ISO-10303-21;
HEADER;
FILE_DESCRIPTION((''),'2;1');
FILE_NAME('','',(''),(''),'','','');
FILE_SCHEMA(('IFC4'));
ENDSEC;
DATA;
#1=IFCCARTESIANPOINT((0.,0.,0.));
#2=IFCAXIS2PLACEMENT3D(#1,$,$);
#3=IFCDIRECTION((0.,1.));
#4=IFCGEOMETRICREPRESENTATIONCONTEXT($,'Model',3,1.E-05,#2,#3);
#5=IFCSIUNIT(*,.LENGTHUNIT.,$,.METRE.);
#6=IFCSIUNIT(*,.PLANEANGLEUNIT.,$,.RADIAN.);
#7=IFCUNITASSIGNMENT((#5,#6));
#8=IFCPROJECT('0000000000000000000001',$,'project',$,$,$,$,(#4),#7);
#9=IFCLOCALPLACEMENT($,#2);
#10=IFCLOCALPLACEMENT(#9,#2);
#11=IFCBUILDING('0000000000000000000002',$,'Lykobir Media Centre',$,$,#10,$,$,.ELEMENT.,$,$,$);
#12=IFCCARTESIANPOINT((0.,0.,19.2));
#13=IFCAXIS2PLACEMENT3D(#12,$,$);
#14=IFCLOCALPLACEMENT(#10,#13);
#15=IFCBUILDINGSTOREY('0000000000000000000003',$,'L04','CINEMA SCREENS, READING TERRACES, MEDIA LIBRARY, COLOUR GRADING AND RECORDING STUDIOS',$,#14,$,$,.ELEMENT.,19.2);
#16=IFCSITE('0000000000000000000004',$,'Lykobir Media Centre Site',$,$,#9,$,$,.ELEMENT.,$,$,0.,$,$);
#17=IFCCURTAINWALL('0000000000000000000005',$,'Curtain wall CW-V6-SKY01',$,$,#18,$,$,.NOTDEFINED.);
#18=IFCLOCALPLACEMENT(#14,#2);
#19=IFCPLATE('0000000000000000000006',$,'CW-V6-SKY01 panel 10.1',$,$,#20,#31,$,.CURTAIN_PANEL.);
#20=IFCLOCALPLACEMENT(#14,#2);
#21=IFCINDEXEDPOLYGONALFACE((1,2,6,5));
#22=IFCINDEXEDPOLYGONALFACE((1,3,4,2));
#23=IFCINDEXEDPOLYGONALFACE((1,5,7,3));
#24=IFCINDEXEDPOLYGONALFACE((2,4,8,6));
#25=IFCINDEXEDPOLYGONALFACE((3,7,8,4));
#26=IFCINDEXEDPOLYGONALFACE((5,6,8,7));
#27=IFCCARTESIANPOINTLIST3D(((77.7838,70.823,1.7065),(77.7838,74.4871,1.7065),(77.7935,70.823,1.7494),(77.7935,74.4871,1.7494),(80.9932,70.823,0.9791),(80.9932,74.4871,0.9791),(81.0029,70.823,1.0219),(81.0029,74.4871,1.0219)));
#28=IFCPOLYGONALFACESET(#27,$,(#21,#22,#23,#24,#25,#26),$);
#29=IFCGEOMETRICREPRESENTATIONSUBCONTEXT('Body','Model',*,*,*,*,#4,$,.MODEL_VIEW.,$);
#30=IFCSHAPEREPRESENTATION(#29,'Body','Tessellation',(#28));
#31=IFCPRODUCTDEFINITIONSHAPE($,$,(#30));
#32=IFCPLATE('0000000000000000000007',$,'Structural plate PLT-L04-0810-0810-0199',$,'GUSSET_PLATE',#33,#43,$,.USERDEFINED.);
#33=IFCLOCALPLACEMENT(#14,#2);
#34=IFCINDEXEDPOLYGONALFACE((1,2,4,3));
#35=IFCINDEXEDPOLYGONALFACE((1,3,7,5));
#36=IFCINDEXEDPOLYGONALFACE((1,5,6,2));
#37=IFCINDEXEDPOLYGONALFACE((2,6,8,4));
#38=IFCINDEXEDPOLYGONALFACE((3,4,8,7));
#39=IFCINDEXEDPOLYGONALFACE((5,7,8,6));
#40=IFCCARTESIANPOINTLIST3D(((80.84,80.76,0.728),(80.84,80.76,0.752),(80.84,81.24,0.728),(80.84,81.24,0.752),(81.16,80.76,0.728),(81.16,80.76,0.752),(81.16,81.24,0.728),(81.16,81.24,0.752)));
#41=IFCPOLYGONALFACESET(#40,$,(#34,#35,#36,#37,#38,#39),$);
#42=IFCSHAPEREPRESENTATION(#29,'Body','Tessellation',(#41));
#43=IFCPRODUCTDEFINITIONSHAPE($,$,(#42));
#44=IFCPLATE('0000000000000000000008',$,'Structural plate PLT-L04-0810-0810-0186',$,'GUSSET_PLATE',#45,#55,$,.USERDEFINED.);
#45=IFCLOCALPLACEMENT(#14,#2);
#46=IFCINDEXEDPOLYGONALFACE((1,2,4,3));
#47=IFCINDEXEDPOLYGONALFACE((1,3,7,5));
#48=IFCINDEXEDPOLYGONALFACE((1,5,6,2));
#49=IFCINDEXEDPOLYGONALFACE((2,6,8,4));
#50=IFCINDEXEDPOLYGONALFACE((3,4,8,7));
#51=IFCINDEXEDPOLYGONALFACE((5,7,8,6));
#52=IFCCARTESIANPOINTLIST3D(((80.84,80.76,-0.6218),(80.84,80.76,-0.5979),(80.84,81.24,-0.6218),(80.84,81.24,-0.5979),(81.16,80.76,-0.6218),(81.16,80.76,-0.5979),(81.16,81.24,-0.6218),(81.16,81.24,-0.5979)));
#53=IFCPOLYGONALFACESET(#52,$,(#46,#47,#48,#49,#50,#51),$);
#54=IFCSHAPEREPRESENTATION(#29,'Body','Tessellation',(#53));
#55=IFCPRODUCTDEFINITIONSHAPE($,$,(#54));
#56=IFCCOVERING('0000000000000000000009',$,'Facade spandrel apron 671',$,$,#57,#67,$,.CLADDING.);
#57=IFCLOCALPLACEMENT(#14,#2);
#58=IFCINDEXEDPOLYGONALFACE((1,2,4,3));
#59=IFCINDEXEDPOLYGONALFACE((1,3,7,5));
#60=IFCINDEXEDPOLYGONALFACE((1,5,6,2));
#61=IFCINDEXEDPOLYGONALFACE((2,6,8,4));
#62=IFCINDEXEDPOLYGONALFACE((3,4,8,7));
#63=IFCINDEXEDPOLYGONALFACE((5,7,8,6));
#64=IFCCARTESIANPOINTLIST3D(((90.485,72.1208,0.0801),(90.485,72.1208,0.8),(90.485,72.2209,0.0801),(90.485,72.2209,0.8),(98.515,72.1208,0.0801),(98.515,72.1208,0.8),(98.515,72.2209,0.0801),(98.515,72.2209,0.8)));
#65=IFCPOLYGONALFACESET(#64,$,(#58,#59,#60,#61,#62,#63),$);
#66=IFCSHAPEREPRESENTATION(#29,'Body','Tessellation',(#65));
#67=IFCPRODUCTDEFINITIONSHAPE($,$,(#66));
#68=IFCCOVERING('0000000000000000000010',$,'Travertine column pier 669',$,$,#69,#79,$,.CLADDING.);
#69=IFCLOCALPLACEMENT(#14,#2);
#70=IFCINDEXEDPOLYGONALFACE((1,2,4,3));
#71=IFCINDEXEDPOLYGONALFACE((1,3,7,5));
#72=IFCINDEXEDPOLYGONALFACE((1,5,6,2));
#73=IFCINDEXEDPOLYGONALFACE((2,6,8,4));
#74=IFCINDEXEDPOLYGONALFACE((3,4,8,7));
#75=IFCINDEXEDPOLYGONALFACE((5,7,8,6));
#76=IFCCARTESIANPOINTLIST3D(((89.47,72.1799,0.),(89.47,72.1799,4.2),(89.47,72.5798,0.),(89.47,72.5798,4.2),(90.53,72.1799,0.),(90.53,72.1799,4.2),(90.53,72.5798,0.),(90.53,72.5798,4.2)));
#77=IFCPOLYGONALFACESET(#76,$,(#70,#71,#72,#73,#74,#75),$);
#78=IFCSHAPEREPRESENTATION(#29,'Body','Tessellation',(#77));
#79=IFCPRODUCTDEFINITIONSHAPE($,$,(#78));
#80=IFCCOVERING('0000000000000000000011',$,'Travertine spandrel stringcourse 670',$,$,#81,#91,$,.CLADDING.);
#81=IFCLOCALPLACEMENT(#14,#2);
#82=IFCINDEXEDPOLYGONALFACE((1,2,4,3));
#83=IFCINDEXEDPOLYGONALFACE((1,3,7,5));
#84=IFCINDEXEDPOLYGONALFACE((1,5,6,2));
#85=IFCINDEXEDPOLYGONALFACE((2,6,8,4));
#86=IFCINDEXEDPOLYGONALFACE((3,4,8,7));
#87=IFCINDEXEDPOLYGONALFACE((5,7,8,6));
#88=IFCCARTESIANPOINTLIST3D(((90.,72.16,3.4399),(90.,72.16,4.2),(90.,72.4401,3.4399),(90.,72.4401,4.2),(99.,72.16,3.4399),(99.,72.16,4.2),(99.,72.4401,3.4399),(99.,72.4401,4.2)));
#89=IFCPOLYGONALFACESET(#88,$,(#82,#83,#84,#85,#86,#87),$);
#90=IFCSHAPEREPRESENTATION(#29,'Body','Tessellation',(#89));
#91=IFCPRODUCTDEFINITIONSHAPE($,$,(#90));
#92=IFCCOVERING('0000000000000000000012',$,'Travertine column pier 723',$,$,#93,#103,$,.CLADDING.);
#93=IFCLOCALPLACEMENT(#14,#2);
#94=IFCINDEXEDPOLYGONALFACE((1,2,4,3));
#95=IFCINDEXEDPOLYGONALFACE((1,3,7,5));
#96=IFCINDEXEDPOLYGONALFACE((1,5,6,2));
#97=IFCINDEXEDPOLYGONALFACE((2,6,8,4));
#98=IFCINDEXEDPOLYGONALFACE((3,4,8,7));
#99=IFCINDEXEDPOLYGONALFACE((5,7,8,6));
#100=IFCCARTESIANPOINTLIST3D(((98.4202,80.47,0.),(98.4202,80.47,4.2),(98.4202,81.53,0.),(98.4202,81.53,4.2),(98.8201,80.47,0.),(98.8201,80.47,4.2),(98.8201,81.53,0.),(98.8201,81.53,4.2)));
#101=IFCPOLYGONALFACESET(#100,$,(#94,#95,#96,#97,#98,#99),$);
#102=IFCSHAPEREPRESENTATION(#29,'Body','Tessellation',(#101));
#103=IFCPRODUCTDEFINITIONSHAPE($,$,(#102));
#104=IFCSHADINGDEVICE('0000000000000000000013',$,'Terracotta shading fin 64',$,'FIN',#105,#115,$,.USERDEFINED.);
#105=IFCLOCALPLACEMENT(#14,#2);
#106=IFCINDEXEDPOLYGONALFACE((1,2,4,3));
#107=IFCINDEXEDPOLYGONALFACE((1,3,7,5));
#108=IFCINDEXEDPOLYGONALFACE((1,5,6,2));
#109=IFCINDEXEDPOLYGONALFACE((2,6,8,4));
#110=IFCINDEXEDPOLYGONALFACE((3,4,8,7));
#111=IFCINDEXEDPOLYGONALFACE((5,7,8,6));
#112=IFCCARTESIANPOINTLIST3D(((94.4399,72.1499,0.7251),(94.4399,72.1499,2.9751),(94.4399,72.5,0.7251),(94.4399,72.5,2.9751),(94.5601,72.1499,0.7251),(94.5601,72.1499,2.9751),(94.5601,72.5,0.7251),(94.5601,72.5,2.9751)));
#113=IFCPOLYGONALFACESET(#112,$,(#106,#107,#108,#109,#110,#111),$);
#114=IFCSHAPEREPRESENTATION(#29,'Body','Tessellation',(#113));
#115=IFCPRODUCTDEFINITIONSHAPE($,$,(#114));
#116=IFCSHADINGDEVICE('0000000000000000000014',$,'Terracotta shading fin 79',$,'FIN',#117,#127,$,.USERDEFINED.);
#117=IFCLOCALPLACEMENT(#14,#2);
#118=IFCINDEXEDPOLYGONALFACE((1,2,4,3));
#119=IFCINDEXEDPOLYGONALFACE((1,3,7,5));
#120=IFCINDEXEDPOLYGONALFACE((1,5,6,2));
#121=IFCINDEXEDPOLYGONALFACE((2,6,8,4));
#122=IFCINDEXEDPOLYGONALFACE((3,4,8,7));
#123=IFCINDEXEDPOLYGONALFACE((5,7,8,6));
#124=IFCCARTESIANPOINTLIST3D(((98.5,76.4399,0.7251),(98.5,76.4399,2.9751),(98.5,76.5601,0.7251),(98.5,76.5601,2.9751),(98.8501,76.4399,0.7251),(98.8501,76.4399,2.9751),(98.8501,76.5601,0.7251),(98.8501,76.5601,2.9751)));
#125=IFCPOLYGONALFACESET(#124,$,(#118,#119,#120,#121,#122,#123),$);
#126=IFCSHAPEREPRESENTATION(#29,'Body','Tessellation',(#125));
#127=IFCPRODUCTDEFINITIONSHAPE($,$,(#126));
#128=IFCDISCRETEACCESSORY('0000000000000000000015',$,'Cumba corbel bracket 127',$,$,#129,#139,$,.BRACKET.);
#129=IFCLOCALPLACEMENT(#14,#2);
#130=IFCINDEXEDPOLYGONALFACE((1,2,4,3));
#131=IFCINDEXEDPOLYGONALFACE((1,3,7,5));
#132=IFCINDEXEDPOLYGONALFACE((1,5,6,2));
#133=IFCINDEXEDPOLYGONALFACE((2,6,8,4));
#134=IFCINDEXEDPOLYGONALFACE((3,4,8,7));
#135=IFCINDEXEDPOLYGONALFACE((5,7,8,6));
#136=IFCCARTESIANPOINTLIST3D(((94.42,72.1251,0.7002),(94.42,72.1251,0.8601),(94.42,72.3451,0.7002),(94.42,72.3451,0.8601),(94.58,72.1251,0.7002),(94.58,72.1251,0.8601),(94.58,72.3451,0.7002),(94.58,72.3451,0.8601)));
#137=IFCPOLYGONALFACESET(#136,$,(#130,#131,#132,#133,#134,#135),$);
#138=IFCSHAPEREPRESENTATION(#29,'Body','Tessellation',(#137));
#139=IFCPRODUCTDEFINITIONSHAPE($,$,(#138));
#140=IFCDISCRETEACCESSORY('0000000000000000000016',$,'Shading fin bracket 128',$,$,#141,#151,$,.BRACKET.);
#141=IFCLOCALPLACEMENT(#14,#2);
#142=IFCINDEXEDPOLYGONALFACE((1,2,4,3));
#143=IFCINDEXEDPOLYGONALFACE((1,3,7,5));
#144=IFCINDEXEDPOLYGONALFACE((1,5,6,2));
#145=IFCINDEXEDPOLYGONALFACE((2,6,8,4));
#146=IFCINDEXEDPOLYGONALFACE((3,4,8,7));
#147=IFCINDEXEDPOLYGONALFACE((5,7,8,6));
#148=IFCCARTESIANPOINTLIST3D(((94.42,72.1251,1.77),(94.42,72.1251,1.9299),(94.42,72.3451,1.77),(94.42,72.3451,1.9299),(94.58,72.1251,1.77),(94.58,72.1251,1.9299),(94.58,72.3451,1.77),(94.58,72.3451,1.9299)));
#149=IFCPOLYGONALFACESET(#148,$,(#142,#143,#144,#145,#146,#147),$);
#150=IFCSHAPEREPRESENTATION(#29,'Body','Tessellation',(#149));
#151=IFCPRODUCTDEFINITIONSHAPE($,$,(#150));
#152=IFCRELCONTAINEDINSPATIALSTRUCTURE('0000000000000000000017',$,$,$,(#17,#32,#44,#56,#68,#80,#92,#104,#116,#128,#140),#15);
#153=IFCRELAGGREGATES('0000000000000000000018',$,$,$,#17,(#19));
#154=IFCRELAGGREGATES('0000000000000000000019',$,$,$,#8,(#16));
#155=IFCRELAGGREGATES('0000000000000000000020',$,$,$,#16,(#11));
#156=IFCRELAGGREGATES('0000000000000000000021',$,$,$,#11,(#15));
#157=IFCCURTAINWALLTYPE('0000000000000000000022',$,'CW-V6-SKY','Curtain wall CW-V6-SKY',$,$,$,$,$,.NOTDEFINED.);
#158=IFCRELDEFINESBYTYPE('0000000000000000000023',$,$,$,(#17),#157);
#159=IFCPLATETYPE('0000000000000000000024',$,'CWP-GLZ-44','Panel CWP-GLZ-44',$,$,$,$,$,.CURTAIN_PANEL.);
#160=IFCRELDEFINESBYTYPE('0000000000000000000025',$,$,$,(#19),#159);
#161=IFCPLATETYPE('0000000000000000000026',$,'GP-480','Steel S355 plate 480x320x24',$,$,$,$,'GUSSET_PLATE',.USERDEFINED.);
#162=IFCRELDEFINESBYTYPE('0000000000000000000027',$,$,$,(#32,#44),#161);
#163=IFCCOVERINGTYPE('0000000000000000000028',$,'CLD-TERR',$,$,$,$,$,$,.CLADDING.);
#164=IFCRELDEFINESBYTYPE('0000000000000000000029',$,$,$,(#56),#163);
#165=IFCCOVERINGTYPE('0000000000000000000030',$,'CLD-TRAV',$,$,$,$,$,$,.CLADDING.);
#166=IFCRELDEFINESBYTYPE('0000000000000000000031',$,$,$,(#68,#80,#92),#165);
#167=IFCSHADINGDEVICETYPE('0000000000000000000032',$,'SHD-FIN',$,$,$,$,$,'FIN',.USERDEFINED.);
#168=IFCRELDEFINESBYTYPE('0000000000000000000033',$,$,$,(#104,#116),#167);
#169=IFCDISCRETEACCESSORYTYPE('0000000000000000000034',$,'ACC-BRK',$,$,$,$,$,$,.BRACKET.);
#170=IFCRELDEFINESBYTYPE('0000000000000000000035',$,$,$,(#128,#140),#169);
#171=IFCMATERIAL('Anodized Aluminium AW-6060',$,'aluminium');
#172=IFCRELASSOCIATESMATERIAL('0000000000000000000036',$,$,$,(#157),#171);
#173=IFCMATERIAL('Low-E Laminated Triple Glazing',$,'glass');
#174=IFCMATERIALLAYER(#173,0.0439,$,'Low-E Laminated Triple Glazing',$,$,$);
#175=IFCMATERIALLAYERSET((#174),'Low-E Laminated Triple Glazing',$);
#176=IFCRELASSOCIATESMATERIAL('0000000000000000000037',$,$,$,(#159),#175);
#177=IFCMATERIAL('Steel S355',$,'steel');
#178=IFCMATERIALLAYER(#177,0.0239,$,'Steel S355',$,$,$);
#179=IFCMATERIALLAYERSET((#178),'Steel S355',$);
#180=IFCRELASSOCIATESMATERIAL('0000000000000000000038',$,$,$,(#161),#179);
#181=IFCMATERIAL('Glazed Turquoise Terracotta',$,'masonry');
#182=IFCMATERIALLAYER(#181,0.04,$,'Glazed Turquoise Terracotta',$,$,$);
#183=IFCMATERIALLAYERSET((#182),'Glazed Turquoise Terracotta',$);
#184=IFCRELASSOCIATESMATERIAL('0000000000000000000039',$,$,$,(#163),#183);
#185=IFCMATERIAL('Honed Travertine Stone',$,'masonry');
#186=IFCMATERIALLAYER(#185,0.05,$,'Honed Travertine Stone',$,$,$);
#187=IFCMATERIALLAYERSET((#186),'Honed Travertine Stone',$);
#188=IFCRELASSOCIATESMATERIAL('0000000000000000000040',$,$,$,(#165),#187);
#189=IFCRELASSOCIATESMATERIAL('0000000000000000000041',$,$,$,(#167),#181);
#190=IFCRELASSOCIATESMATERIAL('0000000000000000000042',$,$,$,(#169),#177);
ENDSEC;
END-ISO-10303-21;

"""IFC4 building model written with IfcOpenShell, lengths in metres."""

from ifc_helpers import new_model, si_unit, direction, frame, origin, origin_2d, place, context, subcontext, project, spatial, rectangle, extrude, material, layer, layer_set, type_object, element, aggregate, save


model = new_model("IFC4")

# Units and contexts
model_context = context("Model", 3, precision=1e-05, world=origin(), true_north=direction((0.0, 1.0)))
body_context = subcontext(model_context, "Body", "Model", "MODEL_VIEW")
ifc_project = project(units=[si_unit("LENGTHUNIT", "METRE"), si_unit("PLANEANGLEUNIT", "RADIAN")], contexts=[model_context])

# Site, building, storey
site_placement = place(None, origin())
site = spatial("IfcSite", under=ifc_project, at=site_placement, Name="Lykobir Media Centre Site", CompositionType="ELEMENT", RefElevation=0.0)
building_placement = place(site_placement, origin())
building = spatial("IfcBuilding", under=site, at=building_placement, Name="Lykobir Media Centre", CompositionType="ELEMENT")
storey_placement = place(building_placement, frame((0.0, 0.0, 19.2)))
storey = spatial("IfcBuildingStorey", under=building, at=storey_placement, Name="L04", Description="CINEMA SCREENS, READING TERRACES, MEDIA LIBRARY, COLOUR GRADING AND RECORDING STUDIOS", CompositionType="ELEMENT", Elevation=19.2)

# Shared definitions
ifc_material_1 = material(Name="Steel S355", Category="steel")

# Curtain wall, plate
ifc_material_2 = material(Name="Anodized Aluminium AW-6060", Category="aluminium")
curtain_wall_type = type_object("IfcCurtainWallType", Name="CW-V6-SKY", Description="Curtain wall CW-V6-SKY", PredefinedType="NOTDEFINED", material=ifc_material_2)
curtain_wall_placement = place(storey_placement, origin())
curtain_wall = element("IfcCurtainWall", 1, at=curtain_wall_placement, inside=storey, type_object=curtain_wall_type, Name="Curtain wall CW-V6-SKY01", PredefinedType="NOTDEFINED")
ifc_material_3 = material(Name="Low-E Laminated Triple Glazing", Category="glass")
ifc_layer_1 = layer(ifc_material_3, 0.0439, Name="Low-E Laminated Triple Glazing")
ifc_layer_set_1 = layer_set([ifc_layer_1], Name="Low-E Laminated Triple Glazing")
plate_type_1 = type_object("IfcPlateType", Name="CWP-GLZ-44", Description="Panel CWP-GLZ-44", PredefinedType="CURTAIN_PANEL", material=ifc_layer_set_1)
plate_1_placement = place(storey_placement, frame((80.998, 72.655, 1.0005), z_axis=(-0.975261, 0.0, 0.221055), x_axis=(0.0, -1.0, 0.0)))
plate_1 = element("IfcPlate", 2, at=plate_1_placement, type_object=plate_type_1, Name="CW-V6-SKY01 panel 10.1", PredefinedType="CURTAIN_PANEL", context=body_context, shape_type="SweptSolid", body=[
    extrude(rectangle(XDim=3.6641, YDim=0.0439, at=origin_2d()), origin(), (0.0, 0.0, 1.0), 3.2908),
])
aggregate(curtain_wall, [plate_1])

# Plates
ifc_layer_2 = layer(ifc_material_1, 0.0239, Name="Steel S355")
ifc_layer_set_2 = layer_set([ifc_layer_2], Name="Steel S355")
plate_type_2 = type_object("IfcPlateType", Name="GP-480", Description="Steel S355 plate 480x320x24", ElementType="GUSSET_PLATE", PredefinedType="USERDEFINED", material=ifc_layer_set_2)
for number, where, z_axis, x_axis, name in (
    (3, (81.0, 81.0, 0.728), (0.0, 0.0, 1.0), (0.0, 1.0, 0.0), "Structural plate PLT-L04-0810-0810-0199"),
    (4, (81.0, 81.0, -0.6218), (0.0, 0.0, 1.0), (0.0, 1.0, 0.0), "Structural plate PLT-L04-0810-0810-0186"),
):
    element("IfcPlate", number, at=place(storey_placement, frame(where, z_axis=z_axis, x_axis=x_axis)), inside=storey, type_object=plate_type_2, Name=name, ObjectType="GUSSET_PLATE", PredefinedType="USERDEFINED", context=body_context, shape_type="SweptSolid", body=[
        extrude(rectangle(XDim=0.48, YDim=0.3201, at=origin_2d()), origin(), (0.0, 0.0, 1.0), 0.0239),
    ])

# Coverings
ifc_material_4 = material(Name="Glazed Turquoise Terracotta", Category="masonry")
ifc_layer_3 = layer(ifc_material_4, 0.04, Name="Glazed Turquoise Terracotta")
ifc_layer_set_3 = layer_set([ifc_layer_3], Name="Glazed Turquoise Terracotta")
covering_type_1 = type_object("IfcCoveringType", Name="CLD-TERR", PredefinedType="CLADDING", material=ifc_layer_set_3)
covering_1_placement = place(storey_placement, frame((94.5, 72.1709, 0.0801), z_axis=(0.0, 0.0, 1.0), x_axis=(-1.0, 0.0, 0.0)))
element("IfcCovering", 5, at=covering_1_placement, inside=storey, type_object=covering_type_1, Name="Facade spandrel apron 671", PredefinedType="CLADDING", context=body_context, shape_type="SweptSolid", body=[
    extrude(rectangle(XDim=8.03, YDim=0.1001, at=origin_2d()), origin(), (0.0, 0.0, 1.0), 0.72),
])
ifc_material_5 = material(Name="Honed Travertine Stone", Category="masonry")
ifc_layer_4 = layer(ifc_material_5, 0.05, Name="Honed Travertine Stone")
ifc_layer_set_4 = layer_set([ifc_layer_4], Name="Honed Travertine Stone")
covering_type_2 = type_object("IfcCoveringType", Name="CLD-TRAV", PredefinedType="CLADDING", material=ifc_layer_set_4)
covering_2_placement = place(storey_placement, frame((90.0, 72.3799, 0.0), z_axis=(0.0, 0.0, 1.0), x_axis=(-1.0, 0.0, 0.0)))
element("IfcCovering", 6, at=covering_2_placement, inside=storey, type_object=covering_type_2, Name="Travertine column pier 669", PredefinedType="CLADDING", context=body_context, shape_type="SweptSolid", body=[
    extrude(rectangle(XDim=1.0601, YDim=0.3999, at=origin_2d()), origin(), (0.0, 0.0, 1.0), 4.2),
])
covering_3_placement = place(storey_placement, frame((94.5, 72.3, 3.4399), z_axis=(0.0, 0.0, 1.0), x_axis=(-1.0, 0.0, 0.0)))
element("IfcCovering", 7, at=covering_3_placement, inside=storey, type_object=covering_type_2, Name="Travertine spandrel stringcourse 670", PredefinedType="CLADDING", context=body_context, shape_type="SweptSolid", body=[
    extrude(rectangle(XDim=9.0, YDim=0.28, at=origin_2d()), origin(), (0.0, 0.0, 1.0), 0.76),
])
covering_4_placement = place(storey_placement, frame((98.6201, 81.0, 0.0), z_axis=(0.0, 0.0, 1.0), x_axis=(0.0, -1.0, 0.0)))
element("IfcCovering", 8, at=covering_4_placement, inside=storey, type_object=covering_type_2, Name="Travertine column pier 723", PredefinedType="CLADDING", context=body_context, shape_type="SweptSolid", body=[
    extrude(rectangle(XDim=1.0601, YDim=0.3999, at=origin_2d()), origin(), (0.0, 0.0, 1.0), 4.2),
])

# Shading devices
shading_device_type = type_object("IfcShadingDeviceType", Name="SHD-FIN", ElementType="FIN", PredefinedType="USERDEFINED", material=ifc_material_4)
for number, where, z_axis, x_axis, name in (
    (9, (94.5, 72.325, 0.7251), (0.0, 0.0, 1.0), (-1.0, 0.0, 0.0), "Terracotta shading fin 64"),
    (10, (98.675, 76.5, 0.7251), (0.0, 0.0, 1.0), (0.0, -1.0, 0.0), "Terracotta shading fin 79"),
):
    element("IfcShadingDevice", number, at=place(storey_placement, frame(where, z_axis=z_axis, x_axis=x_axis)), inside=storey, type_object=shading_device_type, Name=name, ObjectType="FIN", PredefinedType="USERDEFINED", context=body_context, shape_type="SweptSolid", body=[
        extrude(rectangle(XDim=0.1201, YDim=0.3501, at=origin_2d()), origin(), (0.0, 0.0, 1.0), 2.25),
    ])

# Discrete accessories
discrete_accessory_type = type_object("IfcDiscreteAccessoryType", Name="ACC-BRK", PredefinedType="BRACKET", material=ifc_material_1)
for number, where, z_axis, x_axis, name in (
    (11, (94.5, 72.2351, 0.7002), (0.0, 0.0, 1.0), (-1.0, 0.0, 0.0), "Cumba corbel bracket 127"),
    (12, (94.5, 72.2351, 1.77), (0.0, 0.0, 1.0), (-1.0, 0.0, 0.0), "Shading fin bracket 128"),
):
    element("IfcDiscreteAccessory", number, at=place(storey_placement, frame(where, z_axis=z_axis, x_axis=x_axis)), inside=storey, type_object=discrete_accessory_type, Name=name, PredefinedType="BRACKET", context=body_context, shape_type="SweptSolid", body=[
        extrude(rectangle(XDim=0.1599, YDim=0.22, at=origin_2d()), origin(), (0.0, 0.0, 1.0), 0.1599),
    ])

save(model, "model.ifc")
